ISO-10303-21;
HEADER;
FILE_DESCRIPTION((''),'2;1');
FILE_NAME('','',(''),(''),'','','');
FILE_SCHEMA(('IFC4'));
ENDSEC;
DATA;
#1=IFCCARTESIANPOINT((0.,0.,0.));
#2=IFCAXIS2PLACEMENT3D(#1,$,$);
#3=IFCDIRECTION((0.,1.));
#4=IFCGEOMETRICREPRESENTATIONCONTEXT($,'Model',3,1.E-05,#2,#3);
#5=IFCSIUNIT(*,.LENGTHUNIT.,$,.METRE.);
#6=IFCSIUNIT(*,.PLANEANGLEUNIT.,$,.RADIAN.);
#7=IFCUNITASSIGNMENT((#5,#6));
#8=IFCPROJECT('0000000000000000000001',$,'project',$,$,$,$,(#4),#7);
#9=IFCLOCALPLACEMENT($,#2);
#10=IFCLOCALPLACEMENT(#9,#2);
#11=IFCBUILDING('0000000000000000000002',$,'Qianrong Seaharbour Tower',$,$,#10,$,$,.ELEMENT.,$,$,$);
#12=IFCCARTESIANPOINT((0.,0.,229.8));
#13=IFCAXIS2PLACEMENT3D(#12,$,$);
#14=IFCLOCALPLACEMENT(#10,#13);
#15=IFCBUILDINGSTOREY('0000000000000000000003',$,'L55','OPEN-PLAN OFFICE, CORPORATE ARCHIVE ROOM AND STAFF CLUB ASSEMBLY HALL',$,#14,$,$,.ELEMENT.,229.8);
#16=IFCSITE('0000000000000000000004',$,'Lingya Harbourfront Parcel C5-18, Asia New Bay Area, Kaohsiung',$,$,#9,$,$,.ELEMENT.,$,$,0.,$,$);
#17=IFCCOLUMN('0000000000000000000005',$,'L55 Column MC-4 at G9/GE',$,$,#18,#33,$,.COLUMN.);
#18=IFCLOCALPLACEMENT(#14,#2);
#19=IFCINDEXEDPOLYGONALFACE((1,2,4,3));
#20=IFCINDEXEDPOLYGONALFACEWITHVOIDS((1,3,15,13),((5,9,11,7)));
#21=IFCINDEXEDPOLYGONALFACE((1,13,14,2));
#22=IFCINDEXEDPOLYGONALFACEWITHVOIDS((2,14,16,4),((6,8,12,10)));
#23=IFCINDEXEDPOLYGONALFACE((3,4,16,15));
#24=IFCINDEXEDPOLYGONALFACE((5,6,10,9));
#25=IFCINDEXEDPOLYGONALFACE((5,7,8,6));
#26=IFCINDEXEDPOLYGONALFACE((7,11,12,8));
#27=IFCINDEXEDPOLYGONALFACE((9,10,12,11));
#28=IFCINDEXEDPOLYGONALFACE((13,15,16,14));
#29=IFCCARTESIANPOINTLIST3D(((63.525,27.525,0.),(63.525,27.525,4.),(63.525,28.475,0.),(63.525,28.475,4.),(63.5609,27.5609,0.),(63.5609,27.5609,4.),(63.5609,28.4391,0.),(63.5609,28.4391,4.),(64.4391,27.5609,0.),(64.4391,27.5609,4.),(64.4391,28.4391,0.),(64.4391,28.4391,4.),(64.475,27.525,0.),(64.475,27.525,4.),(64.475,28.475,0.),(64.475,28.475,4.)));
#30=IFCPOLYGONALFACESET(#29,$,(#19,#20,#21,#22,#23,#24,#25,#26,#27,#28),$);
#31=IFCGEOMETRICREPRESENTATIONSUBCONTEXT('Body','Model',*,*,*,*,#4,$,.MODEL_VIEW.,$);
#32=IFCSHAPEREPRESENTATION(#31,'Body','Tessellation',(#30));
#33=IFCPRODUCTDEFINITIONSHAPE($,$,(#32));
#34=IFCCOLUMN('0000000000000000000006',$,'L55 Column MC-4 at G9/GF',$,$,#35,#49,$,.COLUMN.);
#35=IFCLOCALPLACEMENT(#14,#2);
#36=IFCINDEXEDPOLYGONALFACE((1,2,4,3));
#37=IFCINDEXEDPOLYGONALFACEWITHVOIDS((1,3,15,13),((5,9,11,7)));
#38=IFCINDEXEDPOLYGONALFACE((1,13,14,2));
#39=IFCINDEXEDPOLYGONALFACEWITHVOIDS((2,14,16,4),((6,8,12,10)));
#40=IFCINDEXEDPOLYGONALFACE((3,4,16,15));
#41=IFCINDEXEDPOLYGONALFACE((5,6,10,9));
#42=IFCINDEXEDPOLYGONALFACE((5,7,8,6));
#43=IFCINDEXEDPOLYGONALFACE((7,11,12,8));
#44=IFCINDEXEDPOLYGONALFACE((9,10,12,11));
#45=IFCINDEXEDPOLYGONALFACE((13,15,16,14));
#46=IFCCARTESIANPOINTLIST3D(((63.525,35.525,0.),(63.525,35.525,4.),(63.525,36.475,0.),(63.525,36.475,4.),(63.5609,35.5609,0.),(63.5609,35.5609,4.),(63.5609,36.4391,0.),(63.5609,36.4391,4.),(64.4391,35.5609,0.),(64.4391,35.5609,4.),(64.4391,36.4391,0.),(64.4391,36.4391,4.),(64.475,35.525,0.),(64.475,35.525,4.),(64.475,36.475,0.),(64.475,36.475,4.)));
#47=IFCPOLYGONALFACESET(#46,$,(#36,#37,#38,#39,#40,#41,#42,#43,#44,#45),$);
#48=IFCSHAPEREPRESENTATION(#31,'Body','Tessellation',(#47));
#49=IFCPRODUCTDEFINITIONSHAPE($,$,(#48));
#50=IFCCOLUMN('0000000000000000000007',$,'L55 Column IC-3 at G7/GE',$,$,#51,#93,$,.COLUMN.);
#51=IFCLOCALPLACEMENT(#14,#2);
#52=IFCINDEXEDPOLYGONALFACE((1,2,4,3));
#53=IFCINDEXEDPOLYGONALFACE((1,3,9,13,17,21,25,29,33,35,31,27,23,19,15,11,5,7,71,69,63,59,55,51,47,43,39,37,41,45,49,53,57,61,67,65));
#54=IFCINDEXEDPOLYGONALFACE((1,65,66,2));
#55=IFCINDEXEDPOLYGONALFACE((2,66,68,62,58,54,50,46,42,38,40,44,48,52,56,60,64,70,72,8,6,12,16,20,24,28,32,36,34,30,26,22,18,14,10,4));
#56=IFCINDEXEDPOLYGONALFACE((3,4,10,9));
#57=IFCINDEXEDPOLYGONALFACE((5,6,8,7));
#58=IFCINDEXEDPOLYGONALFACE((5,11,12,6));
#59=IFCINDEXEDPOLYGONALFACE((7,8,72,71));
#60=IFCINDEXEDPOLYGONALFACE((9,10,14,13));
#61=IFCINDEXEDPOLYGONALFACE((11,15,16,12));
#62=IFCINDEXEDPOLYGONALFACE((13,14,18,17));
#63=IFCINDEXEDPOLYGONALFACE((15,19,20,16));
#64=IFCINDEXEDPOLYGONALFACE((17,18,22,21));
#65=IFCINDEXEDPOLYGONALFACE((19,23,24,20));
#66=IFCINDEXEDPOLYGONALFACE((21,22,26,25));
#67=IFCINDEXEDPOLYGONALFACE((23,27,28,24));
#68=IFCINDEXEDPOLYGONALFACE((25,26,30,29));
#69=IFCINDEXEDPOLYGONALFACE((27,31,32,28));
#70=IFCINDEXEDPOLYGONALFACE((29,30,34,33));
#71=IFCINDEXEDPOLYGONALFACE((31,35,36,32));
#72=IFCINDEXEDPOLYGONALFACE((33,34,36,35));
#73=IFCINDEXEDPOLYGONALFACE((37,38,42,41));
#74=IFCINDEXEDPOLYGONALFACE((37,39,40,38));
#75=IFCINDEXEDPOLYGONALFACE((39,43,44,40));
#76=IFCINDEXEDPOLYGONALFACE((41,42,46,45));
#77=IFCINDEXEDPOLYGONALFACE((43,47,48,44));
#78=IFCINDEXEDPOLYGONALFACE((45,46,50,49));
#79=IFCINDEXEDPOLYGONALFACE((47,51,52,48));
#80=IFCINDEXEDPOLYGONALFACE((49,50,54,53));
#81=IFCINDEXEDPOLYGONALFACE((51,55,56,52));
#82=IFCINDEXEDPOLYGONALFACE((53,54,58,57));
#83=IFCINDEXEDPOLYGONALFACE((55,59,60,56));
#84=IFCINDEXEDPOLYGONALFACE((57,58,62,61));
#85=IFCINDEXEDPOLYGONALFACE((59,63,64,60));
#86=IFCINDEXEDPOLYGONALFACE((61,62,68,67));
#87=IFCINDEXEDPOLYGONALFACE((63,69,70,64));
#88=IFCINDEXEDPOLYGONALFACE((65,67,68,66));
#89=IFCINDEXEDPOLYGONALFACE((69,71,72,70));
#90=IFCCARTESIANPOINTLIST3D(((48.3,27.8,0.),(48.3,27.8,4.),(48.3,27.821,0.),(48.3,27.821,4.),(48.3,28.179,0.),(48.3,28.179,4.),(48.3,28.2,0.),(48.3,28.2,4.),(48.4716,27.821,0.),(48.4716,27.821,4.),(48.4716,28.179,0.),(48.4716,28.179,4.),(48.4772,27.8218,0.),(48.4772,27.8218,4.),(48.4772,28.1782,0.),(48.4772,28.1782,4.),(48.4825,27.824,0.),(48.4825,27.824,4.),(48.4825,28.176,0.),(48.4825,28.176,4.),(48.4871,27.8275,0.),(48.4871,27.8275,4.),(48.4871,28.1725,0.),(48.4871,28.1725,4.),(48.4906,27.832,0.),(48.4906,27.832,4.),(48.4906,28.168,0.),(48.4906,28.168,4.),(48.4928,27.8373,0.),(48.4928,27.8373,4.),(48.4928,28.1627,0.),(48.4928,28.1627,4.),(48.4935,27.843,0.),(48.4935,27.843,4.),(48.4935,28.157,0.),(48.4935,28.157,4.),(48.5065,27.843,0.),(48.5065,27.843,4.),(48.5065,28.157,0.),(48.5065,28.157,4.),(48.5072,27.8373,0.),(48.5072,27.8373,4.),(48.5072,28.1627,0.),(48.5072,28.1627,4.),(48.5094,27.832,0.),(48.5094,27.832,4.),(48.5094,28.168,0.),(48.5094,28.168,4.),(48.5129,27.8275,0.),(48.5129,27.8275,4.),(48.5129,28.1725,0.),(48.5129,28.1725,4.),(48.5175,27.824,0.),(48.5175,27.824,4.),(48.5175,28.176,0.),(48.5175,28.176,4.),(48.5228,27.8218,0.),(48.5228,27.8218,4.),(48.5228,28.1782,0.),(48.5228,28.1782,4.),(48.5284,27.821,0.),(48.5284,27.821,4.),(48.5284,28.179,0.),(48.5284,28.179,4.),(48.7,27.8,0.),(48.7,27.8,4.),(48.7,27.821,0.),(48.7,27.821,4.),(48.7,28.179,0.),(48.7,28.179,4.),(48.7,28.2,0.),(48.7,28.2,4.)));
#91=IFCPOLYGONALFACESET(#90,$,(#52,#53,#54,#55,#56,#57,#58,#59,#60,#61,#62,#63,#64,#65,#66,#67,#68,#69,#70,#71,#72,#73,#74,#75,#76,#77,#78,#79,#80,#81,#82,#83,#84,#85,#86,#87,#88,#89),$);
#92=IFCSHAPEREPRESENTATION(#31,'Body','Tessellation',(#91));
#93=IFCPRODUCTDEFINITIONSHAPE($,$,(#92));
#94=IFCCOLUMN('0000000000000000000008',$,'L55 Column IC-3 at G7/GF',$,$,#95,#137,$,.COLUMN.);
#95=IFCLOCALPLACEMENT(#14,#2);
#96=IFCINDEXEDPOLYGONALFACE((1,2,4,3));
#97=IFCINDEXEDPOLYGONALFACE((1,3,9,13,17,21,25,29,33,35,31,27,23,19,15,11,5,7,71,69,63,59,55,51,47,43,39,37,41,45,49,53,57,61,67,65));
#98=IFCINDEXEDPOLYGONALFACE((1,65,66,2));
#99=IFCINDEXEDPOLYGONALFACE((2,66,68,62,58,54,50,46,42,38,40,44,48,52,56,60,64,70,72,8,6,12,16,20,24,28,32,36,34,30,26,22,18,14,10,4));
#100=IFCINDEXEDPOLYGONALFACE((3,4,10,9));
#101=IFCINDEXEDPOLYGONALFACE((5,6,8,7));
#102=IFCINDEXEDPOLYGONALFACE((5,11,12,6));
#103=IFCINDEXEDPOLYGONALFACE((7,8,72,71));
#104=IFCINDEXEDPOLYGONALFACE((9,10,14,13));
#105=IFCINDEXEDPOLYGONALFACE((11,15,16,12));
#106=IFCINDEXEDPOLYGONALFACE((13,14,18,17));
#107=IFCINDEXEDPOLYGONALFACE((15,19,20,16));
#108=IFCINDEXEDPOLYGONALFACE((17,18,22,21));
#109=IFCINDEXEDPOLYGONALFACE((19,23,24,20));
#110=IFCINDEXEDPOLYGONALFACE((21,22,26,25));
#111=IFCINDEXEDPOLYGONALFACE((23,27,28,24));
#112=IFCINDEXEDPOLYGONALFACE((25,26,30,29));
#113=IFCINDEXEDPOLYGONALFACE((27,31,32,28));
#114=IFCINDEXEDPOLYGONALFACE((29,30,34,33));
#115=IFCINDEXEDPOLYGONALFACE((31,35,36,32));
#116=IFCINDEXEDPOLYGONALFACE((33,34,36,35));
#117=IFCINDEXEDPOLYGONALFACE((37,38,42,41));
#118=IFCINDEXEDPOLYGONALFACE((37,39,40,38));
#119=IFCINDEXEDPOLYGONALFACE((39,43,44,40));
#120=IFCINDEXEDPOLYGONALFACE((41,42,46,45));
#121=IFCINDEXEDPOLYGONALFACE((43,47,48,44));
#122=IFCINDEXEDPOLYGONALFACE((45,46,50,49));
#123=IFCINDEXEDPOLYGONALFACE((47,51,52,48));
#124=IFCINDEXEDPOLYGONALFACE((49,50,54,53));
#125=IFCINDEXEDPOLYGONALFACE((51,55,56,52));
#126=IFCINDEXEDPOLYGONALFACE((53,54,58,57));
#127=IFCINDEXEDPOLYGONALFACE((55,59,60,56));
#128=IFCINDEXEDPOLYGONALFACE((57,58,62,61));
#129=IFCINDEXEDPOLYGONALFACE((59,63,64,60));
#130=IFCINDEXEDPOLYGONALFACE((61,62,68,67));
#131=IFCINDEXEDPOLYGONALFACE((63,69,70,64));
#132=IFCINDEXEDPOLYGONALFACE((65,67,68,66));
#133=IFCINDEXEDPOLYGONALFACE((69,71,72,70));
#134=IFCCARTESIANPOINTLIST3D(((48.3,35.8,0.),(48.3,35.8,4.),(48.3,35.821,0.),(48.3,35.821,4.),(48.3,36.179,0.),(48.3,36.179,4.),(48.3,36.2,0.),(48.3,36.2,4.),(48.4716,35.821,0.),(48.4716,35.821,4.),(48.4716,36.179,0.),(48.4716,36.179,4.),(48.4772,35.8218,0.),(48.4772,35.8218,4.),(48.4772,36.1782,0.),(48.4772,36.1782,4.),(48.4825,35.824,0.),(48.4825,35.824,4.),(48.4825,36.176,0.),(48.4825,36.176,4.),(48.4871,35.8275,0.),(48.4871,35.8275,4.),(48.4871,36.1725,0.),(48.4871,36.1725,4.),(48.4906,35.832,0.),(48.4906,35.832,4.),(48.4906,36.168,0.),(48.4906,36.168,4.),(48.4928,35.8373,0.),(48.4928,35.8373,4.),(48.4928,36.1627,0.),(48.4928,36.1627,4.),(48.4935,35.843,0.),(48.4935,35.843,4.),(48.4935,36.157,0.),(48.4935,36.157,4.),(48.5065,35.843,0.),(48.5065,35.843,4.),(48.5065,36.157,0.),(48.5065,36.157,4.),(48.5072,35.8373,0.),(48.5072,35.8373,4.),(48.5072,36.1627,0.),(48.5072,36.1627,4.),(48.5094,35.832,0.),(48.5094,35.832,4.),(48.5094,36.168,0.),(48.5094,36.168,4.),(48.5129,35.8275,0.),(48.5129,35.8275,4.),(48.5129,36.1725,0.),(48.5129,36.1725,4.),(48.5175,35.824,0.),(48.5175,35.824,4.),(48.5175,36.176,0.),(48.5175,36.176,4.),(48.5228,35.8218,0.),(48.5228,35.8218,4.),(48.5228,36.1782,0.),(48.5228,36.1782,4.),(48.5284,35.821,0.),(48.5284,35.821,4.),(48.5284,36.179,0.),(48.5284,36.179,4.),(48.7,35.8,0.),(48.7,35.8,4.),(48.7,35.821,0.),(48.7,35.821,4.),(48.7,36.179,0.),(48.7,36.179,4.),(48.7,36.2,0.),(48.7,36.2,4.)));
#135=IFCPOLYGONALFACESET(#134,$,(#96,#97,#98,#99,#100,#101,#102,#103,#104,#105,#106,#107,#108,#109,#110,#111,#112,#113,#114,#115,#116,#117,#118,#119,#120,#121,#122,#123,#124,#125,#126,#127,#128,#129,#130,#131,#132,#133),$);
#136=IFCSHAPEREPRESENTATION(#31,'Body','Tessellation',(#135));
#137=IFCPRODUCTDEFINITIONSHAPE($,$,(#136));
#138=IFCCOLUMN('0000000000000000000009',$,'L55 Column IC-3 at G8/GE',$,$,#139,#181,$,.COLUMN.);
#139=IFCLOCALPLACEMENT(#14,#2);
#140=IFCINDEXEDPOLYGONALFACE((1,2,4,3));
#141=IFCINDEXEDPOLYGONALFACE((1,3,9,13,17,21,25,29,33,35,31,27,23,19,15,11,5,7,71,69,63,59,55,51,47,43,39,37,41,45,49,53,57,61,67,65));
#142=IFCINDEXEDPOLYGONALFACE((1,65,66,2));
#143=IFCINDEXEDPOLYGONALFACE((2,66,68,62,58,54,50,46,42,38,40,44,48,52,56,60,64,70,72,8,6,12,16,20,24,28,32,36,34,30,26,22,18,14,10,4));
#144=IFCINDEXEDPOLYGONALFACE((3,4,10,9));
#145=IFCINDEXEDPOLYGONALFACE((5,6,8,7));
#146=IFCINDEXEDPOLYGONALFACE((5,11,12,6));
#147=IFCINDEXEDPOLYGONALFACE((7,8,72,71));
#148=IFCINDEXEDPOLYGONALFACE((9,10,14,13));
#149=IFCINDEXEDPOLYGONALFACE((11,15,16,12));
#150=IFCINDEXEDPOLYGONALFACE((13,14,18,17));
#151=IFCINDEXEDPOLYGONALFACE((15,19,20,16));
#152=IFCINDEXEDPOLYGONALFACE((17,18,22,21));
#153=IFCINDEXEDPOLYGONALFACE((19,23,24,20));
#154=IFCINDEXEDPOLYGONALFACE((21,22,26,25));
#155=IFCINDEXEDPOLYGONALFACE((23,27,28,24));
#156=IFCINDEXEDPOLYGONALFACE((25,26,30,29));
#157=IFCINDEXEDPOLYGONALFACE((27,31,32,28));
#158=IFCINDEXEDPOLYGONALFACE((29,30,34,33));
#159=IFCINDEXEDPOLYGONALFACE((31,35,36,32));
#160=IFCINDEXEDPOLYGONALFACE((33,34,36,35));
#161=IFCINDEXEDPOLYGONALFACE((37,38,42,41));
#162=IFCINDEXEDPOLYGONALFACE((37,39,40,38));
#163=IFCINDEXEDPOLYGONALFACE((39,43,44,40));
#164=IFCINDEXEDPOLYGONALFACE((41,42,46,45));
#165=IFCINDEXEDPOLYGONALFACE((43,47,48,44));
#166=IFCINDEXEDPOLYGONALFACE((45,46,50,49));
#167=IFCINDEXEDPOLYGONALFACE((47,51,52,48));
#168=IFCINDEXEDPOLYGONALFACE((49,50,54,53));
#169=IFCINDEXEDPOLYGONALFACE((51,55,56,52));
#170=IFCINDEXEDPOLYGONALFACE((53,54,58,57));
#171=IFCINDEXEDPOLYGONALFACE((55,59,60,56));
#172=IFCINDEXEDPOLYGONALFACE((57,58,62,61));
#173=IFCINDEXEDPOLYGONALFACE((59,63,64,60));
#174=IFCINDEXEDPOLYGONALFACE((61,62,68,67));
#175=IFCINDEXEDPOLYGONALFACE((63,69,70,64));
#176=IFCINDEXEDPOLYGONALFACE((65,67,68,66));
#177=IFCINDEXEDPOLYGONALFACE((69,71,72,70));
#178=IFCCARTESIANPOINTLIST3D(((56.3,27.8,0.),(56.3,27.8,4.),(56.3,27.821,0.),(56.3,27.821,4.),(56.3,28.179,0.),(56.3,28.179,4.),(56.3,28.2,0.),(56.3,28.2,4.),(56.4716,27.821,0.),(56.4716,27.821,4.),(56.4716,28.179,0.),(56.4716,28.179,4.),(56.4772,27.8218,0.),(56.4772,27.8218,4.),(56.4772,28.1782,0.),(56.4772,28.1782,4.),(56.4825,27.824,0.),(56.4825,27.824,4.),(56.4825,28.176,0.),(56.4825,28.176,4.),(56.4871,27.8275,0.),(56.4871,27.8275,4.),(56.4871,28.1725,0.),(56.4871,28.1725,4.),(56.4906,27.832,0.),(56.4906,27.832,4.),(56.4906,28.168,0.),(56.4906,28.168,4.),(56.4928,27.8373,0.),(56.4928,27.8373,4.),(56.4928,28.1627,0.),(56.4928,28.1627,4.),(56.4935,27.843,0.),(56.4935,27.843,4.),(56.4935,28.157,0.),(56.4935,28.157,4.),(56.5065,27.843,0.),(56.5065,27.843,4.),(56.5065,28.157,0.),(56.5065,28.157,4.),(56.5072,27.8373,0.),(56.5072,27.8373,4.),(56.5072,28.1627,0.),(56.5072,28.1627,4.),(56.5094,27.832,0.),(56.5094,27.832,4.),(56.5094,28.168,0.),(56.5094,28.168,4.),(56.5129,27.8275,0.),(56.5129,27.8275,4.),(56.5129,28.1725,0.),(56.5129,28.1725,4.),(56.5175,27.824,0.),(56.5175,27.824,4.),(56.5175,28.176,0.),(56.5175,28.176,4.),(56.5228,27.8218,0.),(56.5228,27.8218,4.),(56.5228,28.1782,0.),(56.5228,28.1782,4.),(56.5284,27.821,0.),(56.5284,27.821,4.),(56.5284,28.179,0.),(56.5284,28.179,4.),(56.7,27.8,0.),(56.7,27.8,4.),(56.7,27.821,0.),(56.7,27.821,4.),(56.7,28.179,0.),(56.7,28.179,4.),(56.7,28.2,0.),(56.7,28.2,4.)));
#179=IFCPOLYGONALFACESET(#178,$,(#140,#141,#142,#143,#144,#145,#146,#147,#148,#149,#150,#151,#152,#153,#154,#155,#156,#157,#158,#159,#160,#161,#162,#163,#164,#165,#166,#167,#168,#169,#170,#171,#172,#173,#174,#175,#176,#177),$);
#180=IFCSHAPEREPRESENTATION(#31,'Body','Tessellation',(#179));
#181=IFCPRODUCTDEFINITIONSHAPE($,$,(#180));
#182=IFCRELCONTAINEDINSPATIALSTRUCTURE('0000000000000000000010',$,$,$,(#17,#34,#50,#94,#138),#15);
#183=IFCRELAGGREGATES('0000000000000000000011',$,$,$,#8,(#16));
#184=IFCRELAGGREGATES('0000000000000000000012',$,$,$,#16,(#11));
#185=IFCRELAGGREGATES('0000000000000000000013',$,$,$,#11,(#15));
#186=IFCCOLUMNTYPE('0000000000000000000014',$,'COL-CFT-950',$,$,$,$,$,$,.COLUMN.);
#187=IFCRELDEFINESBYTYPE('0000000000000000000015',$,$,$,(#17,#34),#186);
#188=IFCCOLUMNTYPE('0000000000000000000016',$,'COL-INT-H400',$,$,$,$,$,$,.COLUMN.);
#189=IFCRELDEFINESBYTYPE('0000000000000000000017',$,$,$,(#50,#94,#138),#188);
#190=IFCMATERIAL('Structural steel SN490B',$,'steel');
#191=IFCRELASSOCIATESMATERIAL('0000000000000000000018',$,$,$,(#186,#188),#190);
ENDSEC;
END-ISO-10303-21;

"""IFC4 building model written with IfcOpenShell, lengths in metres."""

from ifc_helpers import new_model, si_unit, direction, frame, origin, origin_2d, place, context, subcontext, project, spatial, hollow_rectangle, i_section, extrude, material, material_profile, profile_set, type_object, element, save


model = new_model("IFC4")

# Units and contexts
model_context = context("Model", 3, precision=1e-05, world=origin(), true_north=direction((0.0, 1.0)))
body_context = subcontext(model_context, "Body", "Model", "MODEL_VIEW")
ifc_project = project(units=[si_unit("LENGTHUNIT", "METRE"), si_unit("PLANEANGLEUNIT", "RADIAN")], contexts=[model_context])

# Site, building, storey
site_placement = place(None, origin())
site = spatial("IfcSite", under=ifc_project, at=site_placement, Name="Lingya Harbourfront Parcel C5-18, Asia New Bay Area, Kaohsiung", CompositionType="ELEMENT", RefElevation=0.0)
building_placement = place(site_placement, origin())
building = spatial("IfcBuilding", under=site, at=building_placement, Name="Qianrong Seaharbour Tower", CompositionType="ELEMENT")
storey_placement = place(building_placement, frame((0.0, 0.0, 229.8)))
storey = spatial("IfcBuildingStorey", under=building, at=storey_placement, Name="L55", Description="OPEN-PLAN OFFICE, CORPORATE ARCHIVE ROOM AND STAFF CLUB ASSEMBLY HALL", CompositionType="ELEMENT", Elevation=229.8)

# Columns
ifc_material_1 = material(Name="Structural steel SN490B", Category="steel")
ifc_material_profile_1 = material_profile(ifc_material_1, hollow_rectangle(XDim=0.95, YDim=0.95, WallThickness=0.0359, at=origin_2d()), Name="BOX950x950x36")
ifc_profile_set_1 = profile_set([ifc_material_profile_1], Name="Structural steel SN490B")
column_type_1 = type_object("IfcColumnType", Name="COL-CFT-950", PredefinedType="COLUMN", material=ifc_profile_set_1)
for number, where, z_axis, x_axis, name in (
    (1, (64.0, 28.0, 0.0), (0.0, 0.0, 1.0), (1.0, 0.0, 0.0), "L55 Column MC-4 at G9/GE"),
    (2, (64.0, 36.0, 0.0), (0.0, 0.0, 1.0), (1.0, 0.0, 0.0), "L55 Column MC-4 at G9/GF"),
):
    element("IfcColumn", number, at=place(storey_placement, frame(where, z_axis=z_axis, x_axis=x_axis)), inside=storey, type_object=column_type_1, Name=name, PredefinedType="COLUMN", context=body_context, shape_type="SweptSolid", body=[
        extrude(hollow_rectangle(XDim=0.95, YDim=0.95, WallThickness=0.0359, at=origin_2d()), origin(), (0.0, 0.0, 1.0), 4.0),
    ])
ifc_material_profile_2 = material_profile(ifc_material_1, i_section(OverallWidth=0.3999, OverallDepth=0.3999, WebThickness=0.0129, FlangeThickness=0.021, FilletRadius=0.022, at=origin_2d()), Name="H400x400x13x21")
ifc_profile_set_2 = profile_set([ifc_material_profile_2], Name="Structural steel SN490B")
column_type_2 = type_object("IfcColumnType", Name="COL-INT-H400", PredefinedType="COLUMN", material=ifc_profile_set_2)
for number, where, z_axis, x_axis, name in (
    (3, (48.5, 28.0, 0.0), (0.0, 0.0, 1.0), (1.0, 0.0, 0.0), "L55 Column IC-3 at G7/GE"),
    (4, (48.5, 36.0, 0.0), (0.0, 0.0, 1.0), (1.0, 0.0, 0.0), "L55 Column IC-3 at G7/GF"),
    (5, (56.5, 28.0, 0.0), (0.0, 0.0, 1.0), (1.0, 0.0, 0.0), "L55 Column IC-3 at G8/GE"),
):
    element("IfcColumn", number, at=place(storey_placement, frame(where, z_axis=z_axis, x_axis=x_axis)), inside=storey, type_object=column_type_2, Name=name, PredefinedType="COLUMN", context=body_context, shape_type="SweptSolid", body=[
        extrude(i_section(OverallWidth=0.3999, OverallDepth=0.3999, WebThickness=0.0129, FlangeThickness=0.021, FilletRadius=0.022, at=origin_2d()), origin(), (0.0, 0.0, 1.0), 4.0),
    ])

save(model, "model.ifc")
